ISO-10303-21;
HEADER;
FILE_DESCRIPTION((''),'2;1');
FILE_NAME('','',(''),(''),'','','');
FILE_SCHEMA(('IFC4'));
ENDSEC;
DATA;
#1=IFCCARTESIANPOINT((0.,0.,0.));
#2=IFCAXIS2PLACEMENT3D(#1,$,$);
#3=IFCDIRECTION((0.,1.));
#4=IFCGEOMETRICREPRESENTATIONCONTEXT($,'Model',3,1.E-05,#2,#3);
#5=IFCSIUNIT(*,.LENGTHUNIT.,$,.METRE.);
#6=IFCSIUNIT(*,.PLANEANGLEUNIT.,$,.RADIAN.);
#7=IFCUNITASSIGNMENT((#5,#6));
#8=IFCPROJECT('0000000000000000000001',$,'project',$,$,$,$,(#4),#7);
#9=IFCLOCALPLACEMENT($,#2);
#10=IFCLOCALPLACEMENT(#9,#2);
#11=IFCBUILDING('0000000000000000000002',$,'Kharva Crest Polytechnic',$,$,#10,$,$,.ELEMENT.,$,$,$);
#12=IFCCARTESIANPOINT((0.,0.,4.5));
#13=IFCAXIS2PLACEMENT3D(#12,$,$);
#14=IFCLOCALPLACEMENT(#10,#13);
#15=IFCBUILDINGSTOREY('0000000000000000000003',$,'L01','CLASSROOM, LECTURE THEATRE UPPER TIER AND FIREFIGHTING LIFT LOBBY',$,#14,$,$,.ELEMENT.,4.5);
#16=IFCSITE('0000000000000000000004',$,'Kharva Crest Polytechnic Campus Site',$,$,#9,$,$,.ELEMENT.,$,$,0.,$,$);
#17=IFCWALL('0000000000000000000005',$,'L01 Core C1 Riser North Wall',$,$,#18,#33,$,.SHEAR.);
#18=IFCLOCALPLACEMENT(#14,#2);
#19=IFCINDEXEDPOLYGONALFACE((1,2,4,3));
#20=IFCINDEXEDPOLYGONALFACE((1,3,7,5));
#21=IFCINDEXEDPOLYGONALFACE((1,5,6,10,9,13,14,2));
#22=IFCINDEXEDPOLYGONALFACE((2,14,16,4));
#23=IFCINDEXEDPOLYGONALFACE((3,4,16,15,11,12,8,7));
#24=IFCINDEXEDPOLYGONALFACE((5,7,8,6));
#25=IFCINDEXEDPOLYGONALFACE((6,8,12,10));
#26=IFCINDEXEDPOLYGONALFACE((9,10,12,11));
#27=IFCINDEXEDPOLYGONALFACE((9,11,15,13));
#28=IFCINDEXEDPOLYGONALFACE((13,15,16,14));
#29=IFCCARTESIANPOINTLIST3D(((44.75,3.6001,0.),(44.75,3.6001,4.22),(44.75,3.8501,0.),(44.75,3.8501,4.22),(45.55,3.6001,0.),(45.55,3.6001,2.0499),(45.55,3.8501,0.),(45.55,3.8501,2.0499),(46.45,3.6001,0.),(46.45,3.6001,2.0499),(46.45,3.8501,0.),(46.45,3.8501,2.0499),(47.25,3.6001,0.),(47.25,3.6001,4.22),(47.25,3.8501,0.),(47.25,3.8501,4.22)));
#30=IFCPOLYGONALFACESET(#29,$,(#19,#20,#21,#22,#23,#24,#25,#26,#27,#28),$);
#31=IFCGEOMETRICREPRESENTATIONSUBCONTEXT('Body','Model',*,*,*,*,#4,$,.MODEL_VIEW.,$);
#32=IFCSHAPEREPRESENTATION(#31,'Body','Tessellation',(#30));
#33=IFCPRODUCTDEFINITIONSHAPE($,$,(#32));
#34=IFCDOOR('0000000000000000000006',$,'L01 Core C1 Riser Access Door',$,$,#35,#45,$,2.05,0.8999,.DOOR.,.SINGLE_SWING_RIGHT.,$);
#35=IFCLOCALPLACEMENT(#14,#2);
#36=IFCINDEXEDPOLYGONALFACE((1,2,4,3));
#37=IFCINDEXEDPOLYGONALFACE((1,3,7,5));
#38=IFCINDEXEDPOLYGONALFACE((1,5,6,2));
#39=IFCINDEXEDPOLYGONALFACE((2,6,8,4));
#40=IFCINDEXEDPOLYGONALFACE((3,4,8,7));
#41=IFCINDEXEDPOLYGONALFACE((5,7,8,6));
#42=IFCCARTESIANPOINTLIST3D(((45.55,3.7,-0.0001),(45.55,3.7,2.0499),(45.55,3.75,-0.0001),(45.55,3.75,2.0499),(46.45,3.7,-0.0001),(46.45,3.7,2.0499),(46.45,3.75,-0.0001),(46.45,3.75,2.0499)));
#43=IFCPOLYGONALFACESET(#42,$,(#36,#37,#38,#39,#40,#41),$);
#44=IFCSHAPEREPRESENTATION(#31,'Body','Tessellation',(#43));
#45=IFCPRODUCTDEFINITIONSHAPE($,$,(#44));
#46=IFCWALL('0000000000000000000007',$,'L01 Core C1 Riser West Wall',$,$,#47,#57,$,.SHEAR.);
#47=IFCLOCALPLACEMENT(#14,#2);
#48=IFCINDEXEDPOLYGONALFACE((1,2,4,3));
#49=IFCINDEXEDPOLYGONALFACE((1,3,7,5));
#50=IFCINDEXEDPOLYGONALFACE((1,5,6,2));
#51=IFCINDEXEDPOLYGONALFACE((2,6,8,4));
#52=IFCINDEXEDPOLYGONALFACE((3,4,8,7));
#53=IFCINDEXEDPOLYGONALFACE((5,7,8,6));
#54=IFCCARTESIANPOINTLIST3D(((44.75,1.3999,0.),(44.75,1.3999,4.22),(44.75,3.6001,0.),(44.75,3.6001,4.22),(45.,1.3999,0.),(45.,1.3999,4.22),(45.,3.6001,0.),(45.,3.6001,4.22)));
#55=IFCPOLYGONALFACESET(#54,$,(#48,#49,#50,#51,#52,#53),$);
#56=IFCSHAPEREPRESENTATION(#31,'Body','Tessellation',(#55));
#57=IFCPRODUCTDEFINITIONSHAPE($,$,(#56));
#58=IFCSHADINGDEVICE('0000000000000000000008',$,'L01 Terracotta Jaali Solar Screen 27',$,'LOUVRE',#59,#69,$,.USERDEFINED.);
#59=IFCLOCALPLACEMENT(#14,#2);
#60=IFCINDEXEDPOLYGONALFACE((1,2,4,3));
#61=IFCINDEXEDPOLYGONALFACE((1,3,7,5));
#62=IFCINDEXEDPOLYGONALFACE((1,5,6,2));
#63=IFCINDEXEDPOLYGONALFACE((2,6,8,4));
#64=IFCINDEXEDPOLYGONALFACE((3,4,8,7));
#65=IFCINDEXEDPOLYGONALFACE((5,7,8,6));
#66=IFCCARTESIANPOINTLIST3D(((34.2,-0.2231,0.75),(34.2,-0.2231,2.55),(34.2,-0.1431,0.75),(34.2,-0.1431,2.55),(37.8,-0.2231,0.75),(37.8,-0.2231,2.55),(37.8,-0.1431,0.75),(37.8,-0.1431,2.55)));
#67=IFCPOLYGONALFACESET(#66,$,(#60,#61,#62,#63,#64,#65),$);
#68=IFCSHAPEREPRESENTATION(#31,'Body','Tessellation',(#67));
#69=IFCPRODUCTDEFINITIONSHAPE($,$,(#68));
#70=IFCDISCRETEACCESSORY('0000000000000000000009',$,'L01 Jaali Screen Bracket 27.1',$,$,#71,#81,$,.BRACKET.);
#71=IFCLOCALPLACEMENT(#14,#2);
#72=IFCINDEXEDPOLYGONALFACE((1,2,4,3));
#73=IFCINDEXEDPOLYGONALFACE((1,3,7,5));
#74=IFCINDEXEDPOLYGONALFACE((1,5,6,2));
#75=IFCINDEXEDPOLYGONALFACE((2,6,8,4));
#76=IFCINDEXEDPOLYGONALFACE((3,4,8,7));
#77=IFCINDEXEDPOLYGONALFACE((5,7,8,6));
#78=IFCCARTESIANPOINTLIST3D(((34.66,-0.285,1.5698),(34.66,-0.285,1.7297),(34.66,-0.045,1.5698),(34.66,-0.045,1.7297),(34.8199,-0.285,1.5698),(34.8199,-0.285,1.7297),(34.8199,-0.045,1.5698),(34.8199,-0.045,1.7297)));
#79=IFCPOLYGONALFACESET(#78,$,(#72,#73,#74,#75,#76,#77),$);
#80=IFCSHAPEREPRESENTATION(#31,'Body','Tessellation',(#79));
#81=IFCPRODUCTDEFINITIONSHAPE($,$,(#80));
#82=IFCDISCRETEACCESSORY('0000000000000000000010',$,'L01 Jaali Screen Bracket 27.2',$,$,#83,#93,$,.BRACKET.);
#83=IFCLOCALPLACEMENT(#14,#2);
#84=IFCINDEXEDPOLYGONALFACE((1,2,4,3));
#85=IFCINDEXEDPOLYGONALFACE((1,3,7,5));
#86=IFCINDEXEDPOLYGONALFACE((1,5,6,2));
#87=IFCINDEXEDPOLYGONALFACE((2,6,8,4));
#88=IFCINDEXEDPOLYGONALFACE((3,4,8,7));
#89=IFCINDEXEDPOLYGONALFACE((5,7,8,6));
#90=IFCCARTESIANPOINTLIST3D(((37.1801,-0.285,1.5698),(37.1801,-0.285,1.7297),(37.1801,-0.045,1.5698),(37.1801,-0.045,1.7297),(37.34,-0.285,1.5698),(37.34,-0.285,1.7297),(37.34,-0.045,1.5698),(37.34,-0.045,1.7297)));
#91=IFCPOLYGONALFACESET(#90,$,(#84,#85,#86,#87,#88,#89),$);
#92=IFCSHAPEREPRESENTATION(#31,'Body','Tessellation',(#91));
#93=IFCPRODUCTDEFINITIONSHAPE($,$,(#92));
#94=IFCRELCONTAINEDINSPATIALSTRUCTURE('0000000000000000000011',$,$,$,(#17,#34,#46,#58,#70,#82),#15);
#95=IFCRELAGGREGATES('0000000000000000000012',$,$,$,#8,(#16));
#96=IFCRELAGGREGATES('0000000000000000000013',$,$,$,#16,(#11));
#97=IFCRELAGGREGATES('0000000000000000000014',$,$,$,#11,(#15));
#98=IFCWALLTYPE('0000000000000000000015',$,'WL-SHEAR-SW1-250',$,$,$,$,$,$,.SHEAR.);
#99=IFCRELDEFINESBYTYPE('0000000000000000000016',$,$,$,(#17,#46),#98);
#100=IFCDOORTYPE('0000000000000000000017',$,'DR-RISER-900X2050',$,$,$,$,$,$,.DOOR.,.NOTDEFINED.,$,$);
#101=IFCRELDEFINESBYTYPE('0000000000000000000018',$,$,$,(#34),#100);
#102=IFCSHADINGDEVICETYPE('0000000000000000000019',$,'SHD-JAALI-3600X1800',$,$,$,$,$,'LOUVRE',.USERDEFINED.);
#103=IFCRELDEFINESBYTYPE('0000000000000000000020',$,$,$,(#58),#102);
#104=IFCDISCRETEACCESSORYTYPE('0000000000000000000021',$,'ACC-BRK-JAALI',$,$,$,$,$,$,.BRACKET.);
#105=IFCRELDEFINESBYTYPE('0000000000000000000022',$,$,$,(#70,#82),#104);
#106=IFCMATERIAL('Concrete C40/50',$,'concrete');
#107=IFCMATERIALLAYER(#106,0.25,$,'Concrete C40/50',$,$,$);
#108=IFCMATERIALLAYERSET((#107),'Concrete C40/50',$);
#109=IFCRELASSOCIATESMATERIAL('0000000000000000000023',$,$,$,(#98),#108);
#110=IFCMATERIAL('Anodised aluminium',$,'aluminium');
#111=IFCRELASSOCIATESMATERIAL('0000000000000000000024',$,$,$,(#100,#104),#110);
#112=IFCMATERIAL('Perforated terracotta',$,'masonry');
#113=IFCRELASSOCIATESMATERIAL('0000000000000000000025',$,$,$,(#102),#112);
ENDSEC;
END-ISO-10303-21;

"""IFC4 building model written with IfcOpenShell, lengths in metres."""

from ifc_helpers import new_model, si_unit, direction, frame, frame_2d, origin, origin_2d, place, context, subcontext, project, spatial, rectangle, extrude, material, layer, layer_set, type_object, element, fill, save


model = new_model("IFC4")

# Units and contexts
model_context = context("Model", 3, precision=1e-05, world=origin(), true_north=direction((0.0, 1.0)))
body_context = subcontext(model_context, "Body", "Model", "MODEL_VIEW")
ifc_project = project(units=[si_unit("LENGTHUNIT", "METRE"), si_unit("PLANEANGLEUNIT", "RADIAN")], contexts=[model_context])

# Site, building, storey
site_placement = place(None, origin())
site = spatial("IfcSite", under=ifc_project, at=site_placement, Name="Kharva Crest Polytechnic Campus Site", CompositionType="ELEMENT", RefElevation=0.0)
building_placement = place(site_placement, origin())
building = spatial("IfcBuilding", under=site, at=building_placement, Name="Kharva Crest Polytechnic", CompositionType="ELEMENT")
storey_placement = place(building_placement, frame((0.0, 0.0, 4.5)))
storey = spatial("IfcBuildingStorey", under=building, at=storey_placement, Name="L01", Description="CLASSROOM, LECTURE THEATRE UPPER TIER AND FIREFIGHTING LIFT LOBBY", CompositionType="ELEMENT", Elevation=4.5)

# Shared definitions
ifc_material_1 = material(Name="Concrete C40/50", Category="concrete")

# Shared definitions
ifc_material_2 = material(Name="Anodised aluminium", Category="aluminium")

# Shared definitions
ifc_layer_1 = layer(ifc_material_1, 0.25, Name="Concrete C40/50")
ifc_layer_set_1 = layer_set([ifc_layer_1], Name="Concrete C40/50")
wall_type_1 = type_object("IfcWallType", Name="WL-SHEAR-SW1-250", PredefinedType="SHEAR", material=ifc_layer_set_1)

# Wall, opening, door
wall_1_placement = place(storey_placement, frame((44.75, 3.7251, 0.0), z_axis=(0.0, 0.0, 1.0), x_axis=(1.0, 0.0, 0.0)))
wall_1 = element("IfcWall", 1, at=wall_1_placement, inside=storey, type_object=wall_type_1, Name="L01 Core C1 Riser North Wall", PredefinedType="SHEAR", context=body_context, shape_type="SweptSolid", body=[
    extrude(rectangle(XDim=2.5, YDim=0.25, at=frame_2d((1.25, 0.0))), origin(), (0.0, 0.0, 1.0), 4.22),
])
opening_1_placement = place(wall_1_placement, frame((0.8, 0.0, 0.0)))
opening_1 = element("IfcOpeningElement", 2, at=opening_1_placement, cuts=wall_1, PredefinedType="OPENING", context=body_context, shape_type="SweptSolid", body=[
    extrude(rectangle(XDim=0.8999, YDim=2.05, at=frame_2d((0.45, 1.0249))), frame((0.0, 0.135, 0.0), z_axis=(0.0, -1.0, 0.0), x_axis=(1.0, 0.0, 0.0)), (0.0, 0.0, 1.0), 0.27),
])
door_type_1 = type_object("IfcDoorType", Name="DR-RISER-900X2050", OperationType="NOTDEFINED", PredefinedType="DOOR", material=ifc_material_2)
door_1_placement = place(opening_1_placement, origin())
door_1 = element("IfcDoor", 3, at=door_1_placement, inside=storey, type_object=door_type_1, Name="L01 Core C1 Riser Access Door", OperationType="SINGLE_SWING_RIGHT", OverallHeight=2.05, OverallWidth=0.8999, PredefinedType="DOOR", context=body_context, shape_type="SweptSolid", body=[
    extrude(rectangle(XDim=0.8999, YDim=2.05, at=frame_2d((0.45, 1.0249))), frame((0.0, 0.0249, 0.0), z_axis=(0.0, -1.0, 0.0), x_axis=(1.0, 0.0, 0.0)), (0.0, 0.0, 1.0), 0.05),
])
fill(opening_1, door_1)

# Wall
wall_2_placement = place(storey_placement, frame((44.875, 1.3999, 0.0), z_axis=(0.0, 0.0, 1.0), x_axis=(0.0, 1.0, 0.0)))
element("IfcWall", 4, at=wall_2_placement, inside=storey, type_object=wall_type_1, Name="L01 Core C1 Riser West Wall", PredefinedType="SHEAR", context=body_context, shape_type="SweptSolid", body=[
    extrude(rectangle(XDim=2.2002, YDim=0.25, at=frame_2d((1.1001, 0.0))), origin(), (0.0, 0.0, 1.0), 4.22),
])

# Shading device
ifc_material_3 = material(Name="Perforated terracotta", Category="masonry")
shading_device_type = type_object("IfcShadingDeviceType", Name="SHD-JAALI-3600X1800", ElementType="LOUVRE", PredefinedType="USERDEFINED", material=ifc_material_3)
shading_device_placement = place(storey_placement, frame((36.0, -0.1831, 0.75), z_axis=(0.0, 0.0, 1.0), x_axis=(1.0, 0.0, 0.0)))
element("IfcShadingDevice", 5, at=shading_device_placement, inside=storey, type_object=shading_device_type, Name="L01 Terracotta Jaali Solar Screen 27", ObjectType="LOUVRE", PredefinedType="USERDEFINED", context=body_context, shape_type="SweptSolid", body=[
    extrude(rectangle(XDim=3.6001, YDim=0.0801, at=origin_2d()), origin(), (0.0, 0.0, 1.0), 1.8),
])

# Discrete accessories
discrete_accessory_type = type_object("IfcDiscreteAccessoryType", Name="ACC-BRK-JAALI", PredefinedType="BRACKET", material=ifc_material_2)
for number, where, z_axis, x_axis, name in (
    (6, (34.74, -0.165, 1.5698), (0.0, 0.0, 1.0), (1.0, 0.0, 0.0), "L01 Jaali Screen Bracket 27.1"),
    (7, (37.26, -0.165, 1.5698), (0.0, 0.0, 1.0), (1.0, 0.0, 0.0), "L01 Jaali Screen Bracket 27.2"),
):
    element("IfcDiscreteAccessory", number, at=place(storey_placement, frame(where, z_axis=z_axis, x_axis=x_axis)), inside=storey, type_object=discrete_accessory_type, Name=name, PredefinedType="BRACKET", context=body_context, shape_type="SweptSolid", body=[
        extrude(rectangle(XDim=0.1599, YDim=0.24, at=origin_2d()), origin(), (0.0, 0.0, 1.0), 0.1599),
    ])

save(model, "model.ifc")
